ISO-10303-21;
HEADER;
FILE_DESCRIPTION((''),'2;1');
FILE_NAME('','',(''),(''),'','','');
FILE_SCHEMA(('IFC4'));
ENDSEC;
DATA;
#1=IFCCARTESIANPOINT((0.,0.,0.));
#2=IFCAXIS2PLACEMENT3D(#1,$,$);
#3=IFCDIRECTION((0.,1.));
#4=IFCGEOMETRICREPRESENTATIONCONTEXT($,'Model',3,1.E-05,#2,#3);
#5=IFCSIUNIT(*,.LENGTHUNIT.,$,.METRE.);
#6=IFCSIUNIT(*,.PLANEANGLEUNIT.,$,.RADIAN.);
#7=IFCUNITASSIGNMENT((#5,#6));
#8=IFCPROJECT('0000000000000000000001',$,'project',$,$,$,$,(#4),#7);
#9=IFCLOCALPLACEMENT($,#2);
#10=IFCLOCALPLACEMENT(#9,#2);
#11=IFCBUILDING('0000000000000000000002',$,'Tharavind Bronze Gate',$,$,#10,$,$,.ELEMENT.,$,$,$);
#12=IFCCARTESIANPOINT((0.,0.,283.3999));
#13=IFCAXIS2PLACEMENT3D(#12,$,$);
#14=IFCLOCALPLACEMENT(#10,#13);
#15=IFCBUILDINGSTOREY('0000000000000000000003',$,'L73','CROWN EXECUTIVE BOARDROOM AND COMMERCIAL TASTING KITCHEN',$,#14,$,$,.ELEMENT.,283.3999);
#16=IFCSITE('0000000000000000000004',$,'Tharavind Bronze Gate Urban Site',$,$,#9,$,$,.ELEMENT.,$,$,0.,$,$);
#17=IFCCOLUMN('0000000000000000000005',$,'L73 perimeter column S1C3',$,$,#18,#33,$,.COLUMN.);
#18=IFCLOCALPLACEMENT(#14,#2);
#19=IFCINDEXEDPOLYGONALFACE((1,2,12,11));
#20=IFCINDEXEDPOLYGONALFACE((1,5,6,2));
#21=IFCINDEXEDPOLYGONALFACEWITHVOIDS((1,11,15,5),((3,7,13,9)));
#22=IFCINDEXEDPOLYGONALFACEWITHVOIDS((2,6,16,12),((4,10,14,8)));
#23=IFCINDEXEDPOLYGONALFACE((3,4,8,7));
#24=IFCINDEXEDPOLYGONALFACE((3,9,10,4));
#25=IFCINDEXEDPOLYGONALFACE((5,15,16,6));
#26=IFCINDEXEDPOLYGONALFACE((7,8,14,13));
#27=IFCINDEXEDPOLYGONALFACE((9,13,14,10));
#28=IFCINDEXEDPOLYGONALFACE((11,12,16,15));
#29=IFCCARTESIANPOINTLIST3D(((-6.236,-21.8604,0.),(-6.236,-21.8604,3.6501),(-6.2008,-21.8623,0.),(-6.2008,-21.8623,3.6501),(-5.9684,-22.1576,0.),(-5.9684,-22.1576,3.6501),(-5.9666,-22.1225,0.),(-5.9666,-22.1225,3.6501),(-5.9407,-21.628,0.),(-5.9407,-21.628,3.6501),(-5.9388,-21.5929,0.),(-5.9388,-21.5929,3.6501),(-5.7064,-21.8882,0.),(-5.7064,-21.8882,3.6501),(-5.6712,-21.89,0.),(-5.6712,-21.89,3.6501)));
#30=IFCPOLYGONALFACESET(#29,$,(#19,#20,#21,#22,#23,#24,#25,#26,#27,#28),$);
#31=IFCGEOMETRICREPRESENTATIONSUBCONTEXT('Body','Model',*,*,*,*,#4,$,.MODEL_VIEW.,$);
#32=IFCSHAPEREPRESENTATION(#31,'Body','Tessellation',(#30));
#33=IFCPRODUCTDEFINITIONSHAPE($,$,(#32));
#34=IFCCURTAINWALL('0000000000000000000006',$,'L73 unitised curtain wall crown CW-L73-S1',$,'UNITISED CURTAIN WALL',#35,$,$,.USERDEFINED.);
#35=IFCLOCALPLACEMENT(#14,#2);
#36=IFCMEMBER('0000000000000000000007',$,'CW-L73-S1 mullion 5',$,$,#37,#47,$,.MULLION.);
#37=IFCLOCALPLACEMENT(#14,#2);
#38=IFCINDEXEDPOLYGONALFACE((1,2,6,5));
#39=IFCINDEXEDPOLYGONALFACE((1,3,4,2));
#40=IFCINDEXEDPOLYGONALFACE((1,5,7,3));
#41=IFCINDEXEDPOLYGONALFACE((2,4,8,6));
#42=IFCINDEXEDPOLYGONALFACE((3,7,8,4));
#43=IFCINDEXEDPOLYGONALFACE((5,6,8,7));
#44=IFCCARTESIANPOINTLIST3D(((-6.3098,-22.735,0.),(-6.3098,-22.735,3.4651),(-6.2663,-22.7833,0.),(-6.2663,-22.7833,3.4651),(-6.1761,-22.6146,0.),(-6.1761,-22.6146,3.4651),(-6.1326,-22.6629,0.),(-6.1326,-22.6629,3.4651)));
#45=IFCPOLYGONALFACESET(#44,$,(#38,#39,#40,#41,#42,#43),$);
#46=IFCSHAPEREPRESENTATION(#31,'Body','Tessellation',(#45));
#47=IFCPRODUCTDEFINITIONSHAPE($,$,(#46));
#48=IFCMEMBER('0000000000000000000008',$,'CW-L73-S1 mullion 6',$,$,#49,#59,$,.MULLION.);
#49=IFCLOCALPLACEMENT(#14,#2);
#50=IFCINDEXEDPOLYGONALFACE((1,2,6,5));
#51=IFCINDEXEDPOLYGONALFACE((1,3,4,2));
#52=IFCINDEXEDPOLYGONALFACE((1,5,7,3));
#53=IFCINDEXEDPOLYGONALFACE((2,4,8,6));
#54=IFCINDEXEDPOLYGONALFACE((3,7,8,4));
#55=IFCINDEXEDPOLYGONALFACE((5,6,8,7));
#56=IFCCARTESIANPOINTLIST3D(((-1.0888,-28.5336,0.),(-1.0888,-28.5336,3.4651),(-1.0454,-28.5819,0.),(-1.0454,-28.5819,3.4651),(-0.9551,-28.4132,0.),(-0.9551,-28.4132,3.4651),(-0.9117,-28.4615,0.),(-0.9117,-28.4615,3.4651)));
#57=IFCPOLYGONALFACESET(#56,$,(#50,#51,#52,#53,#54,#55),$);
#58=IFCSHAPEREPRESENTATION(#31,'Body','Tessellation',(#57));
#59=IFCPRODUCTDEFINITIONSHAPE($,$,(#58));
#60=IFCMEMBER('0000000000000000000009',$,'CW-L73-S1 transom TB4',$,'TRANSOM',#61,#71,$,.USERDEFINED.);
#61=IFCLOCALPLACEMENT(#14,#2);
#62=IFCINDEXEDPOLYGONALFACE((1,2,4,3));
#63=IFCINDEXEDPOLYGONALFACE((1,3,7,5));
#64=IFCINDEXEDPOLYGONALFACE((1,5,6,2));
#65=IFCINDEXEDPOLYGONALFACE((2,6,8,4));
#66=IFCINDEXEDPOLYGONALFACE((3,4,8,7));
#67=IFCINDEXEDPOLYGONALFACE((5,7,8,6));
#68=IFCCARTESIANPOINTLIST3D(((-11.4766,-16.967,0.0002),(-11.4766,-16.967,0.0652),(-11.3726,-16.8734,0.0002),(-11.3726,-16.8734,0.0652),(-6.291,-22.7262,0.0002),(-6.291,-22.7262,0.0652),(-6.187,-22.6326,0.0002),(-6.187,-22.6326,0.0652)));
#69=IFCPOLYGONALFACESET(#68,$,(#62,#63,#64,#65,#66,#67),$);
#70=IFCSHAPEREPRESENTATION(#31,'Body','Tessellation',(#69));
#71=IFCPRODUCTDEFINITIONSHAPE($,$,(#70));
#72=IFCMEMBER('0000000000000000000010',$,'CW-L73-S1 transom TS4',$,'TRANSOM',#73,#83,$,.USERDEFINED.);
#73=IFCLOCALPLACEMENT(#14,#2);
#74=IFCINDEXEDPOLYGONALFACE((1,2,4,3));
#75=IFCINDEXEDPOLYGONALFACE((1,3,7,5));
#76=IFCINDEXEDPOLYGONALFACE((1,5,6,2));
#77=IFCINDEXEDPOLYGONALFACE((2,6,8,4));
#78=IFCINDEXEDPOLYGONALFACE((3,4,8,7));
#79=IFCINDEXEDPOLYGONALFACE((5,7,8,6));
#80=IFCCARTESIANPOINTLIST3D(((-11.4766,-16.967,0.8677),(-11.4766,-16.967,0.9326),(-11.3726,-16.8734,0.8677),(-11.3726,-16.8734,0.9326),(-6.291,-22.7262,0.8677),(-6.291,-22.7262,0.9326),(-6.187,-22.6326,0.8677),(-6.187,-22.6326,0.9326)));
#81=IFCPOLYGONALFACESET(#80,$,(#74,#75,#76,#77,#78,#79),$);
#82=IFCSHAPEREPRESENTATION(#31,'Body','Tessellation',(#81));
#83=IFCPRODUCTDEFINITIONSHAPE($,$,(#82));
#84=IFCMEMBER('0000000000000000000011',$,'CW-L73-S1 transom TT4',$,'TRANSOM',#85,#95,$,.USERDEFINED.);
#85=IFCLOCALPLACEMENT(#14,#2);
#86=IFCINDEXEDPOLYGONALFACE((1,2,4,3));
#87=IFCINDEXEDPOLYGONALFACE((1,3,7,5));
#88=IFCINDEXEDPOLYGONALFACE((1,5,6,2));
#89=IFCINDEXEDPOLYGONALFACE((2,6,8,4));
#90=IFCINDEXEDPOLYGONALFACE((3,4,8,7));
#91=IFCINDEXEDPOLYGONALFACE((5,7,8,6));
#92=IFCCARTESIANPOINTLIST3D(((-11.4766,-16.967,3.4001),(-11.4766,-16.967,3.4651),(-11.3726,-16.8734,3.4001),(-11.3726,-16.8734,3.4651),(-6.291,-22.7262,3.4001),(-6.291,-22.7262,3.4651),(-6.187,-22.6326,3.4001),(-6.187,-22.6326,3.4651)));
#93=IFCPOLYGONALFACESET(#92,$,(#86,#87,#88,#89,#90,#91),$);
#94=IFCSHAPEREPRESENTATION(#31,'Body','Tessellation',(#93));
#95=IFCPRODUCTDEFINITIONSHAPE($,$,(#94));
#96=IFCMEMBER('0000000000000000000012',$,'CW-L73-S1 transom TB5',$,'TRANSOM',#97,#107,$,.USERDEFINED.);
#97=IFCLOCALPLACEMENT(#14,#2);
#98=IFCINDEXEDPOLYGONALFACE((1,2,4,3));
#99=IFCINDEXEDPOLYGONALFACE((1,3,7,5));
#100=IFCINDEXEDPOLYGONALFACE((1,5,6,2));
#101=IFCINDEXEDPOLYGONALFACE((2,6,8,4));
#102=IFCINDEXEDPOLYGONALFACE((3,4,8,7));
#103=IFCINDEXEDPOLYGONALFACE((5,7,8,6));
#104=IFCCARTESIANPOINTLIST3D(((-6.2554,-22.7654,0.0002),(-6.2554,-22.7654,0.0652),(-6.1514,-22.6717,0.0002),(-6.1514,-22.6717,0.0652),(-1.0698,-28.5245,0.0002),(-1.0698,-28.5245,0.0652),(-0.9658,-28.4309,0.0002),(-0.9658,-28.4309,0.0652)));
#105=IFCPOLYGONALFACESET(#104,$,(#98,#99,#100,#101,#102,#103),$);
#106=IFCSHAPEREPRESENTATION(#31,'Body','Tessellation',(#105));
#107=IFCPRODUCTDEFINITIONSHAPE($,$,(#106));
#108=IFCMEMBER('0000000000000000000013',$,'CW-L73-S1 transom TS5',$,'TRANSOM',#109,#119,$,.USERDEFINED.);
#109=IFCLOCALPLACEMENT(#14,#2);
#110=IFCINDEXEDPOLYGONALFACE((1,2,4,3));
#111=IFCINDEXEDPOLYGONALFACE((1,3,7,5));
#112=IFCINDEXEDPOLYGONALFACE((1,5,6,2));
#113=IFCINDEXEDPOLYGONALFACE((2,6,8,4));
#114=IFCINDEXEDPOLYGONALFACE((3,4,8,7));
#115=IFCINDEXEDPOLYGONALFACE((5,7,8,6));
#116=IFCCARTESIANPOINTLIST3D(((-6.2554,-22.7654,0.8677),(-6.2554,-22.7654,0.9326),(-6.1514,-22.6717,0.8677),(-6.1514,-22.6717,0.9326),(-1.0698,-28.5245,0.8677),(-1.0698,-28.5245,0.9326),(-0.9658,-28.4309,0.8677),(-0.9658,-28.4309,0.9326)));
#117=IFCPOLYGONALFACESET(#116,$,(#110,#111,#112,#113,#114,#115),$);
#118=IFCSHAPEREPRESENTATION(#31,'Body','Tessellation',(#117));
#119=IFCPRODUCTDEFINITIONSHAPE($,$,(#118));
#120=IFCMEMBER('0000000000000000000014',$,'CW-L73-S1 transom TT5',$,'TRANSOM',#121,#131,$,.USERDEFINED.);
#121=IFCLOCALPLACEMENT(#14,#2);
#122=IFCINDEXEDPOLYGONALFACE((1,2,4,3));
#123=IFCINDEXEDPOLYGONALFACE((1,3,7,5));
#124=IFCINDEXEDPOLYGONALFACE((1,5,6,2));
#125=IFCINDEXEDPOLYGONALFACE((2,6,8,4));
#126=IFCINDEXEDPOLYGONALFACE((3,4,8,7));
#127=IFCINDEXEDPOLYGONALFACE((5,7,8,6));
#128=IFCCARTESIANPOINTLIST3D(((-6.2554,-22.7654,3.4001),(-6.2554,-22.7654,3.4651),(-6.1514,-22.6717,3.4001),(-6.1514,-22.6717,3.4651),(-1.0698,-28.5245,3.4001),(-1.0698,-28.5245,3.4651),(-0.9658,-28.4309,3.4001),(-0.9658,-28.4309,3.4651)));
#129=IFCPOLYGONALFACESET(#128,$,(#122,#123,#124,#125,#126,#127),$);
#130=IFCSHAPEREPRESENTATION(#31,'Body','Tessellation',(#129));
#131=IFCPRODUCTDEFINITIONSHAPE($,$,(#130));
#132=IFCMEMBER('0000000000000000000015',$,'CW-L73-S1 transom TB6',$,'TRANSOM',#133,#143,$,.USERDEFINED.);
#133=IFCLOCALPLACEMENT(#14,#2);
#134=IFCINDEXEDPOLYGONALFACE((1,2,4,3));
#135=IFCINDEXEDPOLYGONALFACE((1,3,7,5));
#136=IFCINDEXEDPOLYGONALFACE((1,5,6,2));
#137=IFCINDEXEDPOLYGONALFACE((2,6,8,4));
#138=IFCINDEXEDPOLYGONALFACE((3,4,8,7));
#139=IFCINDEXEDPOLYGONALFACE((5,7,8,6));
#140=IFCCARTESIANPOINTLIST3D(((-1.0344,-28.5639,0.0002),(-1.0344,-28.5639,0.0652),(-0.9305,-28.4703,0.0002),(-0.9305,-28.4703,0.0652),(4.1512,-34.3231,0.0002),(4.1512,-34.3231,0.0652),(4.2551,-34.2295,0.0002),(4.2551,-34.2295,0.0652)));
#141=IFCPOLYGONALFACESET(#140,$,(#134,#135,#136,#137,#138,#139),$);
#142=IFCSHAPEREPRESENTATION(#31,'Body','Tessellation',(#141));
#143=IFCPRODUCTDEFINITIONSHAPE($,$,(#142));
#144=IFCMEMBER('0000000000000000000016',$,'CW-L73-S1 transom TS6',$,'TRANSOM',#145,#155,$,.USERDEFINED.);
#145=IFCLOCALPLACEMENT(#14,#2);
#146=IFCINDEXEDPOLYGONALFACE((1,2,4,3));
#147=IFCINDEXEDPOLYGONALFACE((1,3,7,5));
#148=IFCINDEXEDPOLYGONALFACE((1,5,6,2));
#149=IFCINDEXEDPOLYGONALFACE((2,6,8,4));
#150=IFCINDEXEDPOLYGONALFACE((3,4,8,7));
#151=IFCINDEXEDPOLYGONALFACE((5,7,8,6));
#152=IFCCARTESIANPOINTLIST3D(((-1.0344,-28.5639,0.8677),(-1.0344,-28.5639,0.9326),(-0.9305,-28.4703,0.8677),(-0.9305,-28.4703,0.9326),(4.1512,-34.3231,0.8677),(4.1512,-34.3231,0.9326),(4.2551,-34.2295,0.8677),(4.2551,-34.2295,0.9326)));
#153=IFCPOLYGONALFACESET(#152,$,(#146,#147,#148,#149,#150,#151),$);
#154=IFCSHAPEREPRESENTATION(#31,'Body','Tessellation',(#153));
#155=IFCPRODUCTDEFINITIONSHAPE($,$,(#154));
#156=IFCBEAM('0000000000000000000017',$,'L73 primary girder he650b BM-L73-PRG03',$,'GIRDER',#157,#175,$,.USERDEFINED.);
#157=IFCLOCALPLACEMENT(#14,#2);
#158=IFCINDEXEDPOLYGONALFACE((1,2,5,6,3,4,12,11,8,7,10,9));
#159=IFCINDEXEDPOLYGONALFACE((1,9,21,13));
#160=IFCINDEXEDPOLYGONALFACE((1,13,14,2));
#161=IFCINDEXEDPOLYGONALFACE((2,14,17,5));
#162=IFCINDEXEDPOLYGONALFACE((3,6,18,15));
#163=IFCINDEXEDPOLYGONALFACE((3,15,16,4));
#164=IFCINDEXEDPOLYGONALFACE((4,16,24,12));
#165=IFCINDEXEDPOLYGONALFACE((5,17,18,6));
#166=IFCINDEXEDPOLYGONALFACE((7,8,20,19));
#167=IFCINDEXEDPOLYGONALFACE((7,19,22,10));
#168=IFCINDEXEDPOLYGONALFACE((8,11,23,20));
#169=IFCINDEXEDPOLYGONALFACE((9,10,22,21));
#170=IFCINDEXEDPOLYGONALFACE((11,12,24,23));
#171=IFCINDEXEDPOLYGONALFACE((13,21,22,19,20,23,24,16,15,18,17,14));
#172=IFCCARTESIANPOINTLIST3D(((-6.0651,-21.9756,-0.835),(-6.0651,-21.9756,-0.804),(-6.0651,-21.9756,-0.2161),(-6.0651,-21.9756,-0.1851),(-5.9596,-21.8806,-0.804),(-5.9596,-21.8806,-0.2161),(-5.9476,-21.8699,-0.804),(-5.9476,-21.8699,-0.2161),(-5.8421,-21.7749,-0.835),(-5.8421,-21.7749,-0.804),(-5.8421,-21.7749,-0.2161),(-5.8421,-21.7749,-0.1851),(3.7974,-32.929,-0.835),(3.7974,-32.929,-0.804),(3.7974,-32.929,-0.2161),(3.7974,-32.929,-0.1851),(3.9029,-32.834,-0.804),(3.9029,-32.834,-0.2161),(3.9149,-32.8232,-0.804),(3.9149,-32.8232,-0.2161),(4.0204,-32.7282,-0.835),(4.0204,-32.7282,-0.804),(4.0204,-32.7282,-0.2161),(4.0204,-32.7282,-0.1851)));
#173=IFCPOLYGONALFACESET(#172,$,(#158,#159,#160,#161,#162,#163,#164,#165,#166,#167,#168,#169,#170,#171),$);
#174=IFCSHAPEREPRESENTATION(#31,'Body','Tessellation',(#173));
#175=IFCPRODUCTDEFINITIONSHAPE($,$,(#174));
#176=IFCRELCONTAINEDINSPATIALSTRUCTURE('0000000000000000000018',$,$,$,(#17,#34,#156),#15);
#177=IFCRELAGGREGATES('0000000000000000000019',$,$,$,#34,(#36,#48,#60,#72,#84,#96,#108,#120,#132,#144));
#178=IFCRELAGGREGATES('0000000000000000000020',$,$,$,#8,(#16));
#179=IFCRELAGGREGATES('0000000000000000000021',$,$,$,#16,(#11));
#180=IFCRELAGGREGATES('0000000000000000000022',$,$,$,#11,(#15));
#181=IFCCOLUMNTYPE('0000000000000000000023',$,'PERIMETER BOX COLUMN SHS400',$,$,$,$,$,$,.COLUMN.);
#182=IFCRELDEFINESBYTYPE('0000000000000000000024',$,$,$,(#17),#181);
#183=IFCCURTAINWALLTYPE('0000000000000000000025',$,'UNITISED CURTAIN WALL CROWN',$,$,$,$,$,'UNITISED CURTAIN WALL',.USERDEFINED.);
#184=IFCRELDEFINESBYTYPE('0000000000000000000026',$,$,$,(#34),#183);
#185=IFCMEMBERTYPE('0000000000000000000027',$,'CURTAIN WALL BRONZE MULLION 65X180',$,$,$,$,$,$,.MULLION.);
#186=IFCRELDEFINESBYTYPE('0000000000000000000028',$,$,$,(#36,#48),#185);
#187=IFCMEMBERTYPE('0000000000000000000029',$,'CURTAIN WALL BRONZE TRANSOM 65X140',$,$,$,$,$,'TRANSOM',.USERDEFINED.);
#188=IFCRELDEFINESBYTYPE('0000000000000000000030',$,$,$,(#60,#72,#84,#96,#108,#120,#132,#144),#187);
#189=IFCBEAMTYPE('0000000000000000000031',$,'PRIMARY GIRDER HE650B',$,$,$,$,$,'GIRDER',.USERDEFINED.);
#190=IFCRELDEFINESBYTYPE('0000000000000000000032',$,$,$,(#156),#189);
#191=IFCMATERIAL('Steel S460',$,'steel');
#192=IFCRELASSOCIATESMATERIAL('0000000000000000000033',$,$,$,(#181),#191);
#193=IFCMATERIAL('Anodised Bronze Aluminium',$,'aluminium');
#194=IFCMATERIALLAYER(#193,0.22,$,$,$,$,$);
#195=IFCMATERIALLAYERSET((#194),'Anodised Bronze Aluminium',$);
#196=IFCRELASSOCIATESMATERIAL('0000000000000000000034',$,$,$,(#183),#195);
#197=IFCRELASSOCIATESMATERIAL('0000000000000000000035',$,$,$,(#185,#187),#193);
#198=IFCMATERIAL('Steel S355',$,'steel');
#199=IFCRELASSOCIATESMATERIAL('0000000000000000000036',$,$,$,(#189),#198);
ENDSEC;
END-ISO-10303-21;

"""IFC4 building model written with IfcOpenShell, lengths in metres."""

from ifc_helpers import new_model, si_unit, direction, frame, origin, origin_2d, place, context, subcontext, project, spatial, rectangle, hollow_rectangle, i_section, extrude, material, layer, layer_set, material_profile, profile_set, type_object, element, aggregate, save


model = new_model("IFC4")

# Units and contexts
model_context = context("Model", 3, precision=1e-05, world=origin(), true_north=direction((0.0, 1.0)))
body_context = subcontext(model_context, "Body", "Model", "MODEL_VIEW")
ifc_project = project(units=[si_unit("LENGTHUNIT", "METRE"), si_unit("PLANEANGLEUNIT", "RADIAN")], contexts=[model_context])

# Site, building, storey
site_placement = place(None, origin())
site = spatial("IfcSite", under=ifc_project, at=site_placement, Name="Tharavind Bronze Gate Urban Site", CompositionType="ELEMENT", RefElevation=0.0)
building_placement = place(site_placement, origin())
building = spatial("IfcBuilding", under=site, at=building_placement, Name="Tharavind Bronze Gate", CompositionType="ELEMENT")
storey_placement = place(building_placement, frame((0.0, 0.0, 283.3999)))
storey = spatial("IfcBuildingStorey", under=building, at=storey_placement, Name="L73", Description="CROWN EXECUTIVE BOARDROOM AND COMMERCIAL TASTING KITCHEN", CompositionType="ELEMENT", Elevation=283.3999)

# Column
ifc_material_1 = material(Name="Steel S460", Category="steel")
ifc_material_profile_1 = material_profile(ifc_material_1, hollow_rectangle(XDim=0.3999, YDim=0.3999, WallThickness=0.0249, at=origin_2d()), Name="SHS400X25")
ifc_profile_set_1 = profile_set([ifc_material_profile_1], Name="Steel S460")
column_type = type_object("IfcColumnType", Name="PERIMETER BOX COLUMN SHS400", PredefinedType="COLUMN", material=ifc_profile_set_1)
column_placement = place(storey_placement, frame((-5.9536, -21.8752, 0.0), z_axis=(0.0, 0.0, 1.0), x_axis=(-0.669131, 0.743145, 0.0)))
element("IfcColumn", 1, at=column_placement, inside=storey, type_object=column_type, Name="L73 perimeter column S1C3", PredefinedType="COLUMN", context=body_context, shape_type="SweptSolid", body=[
    extrude(hollow_rectangle(XDim=0.3999, YDim=0.3999, WallThickness=0.0249, at=origin_2d()), origin(), (0.0, 0.0, 1.0), 3.6501),
])

# Curtain wall, members
ifc_material_2 = material(Name="Anodised Bronze Aluminium", Category="aluminium")
ifc_layer_1 = layer(ifc_material_2, 0.22)
ifc_layer_set_1 = layer_set([ifc_layer_1], Name="Anodised Bronze Aluminium")
curtain_wall_type = type_object("IfcCurtainWallType", Name="UNITISED CURTAIN WALL CROWN", ElementType="UNITISED CURTAIN WALL", PredefinedType="USERDEFINED", material=ifc_layer_set_1)
curtain_wall_placement = place(storey_placement, origin())
curtain_wall = element("IfcCurtainWall", 2, at=curtain_wall_placement, inside=storey, type_object=curtain_wall_type, Name="L73 unitised curtain wall crown CW-L73-S1", ObjectType="UNITISED CURTAIN WALL", PredefinedType="USERDEFINED")
member_type_1 = type_object("IfcMemberType", Name="CURTAIN WALL BRONZE MULLION 65X180", PredefinedType="MULLION", material=ifc_material_2)
member_1_placement = place(storey_placement, frame((-6.2212, -22.699, 0.0), z_axis=(0.0, 0.0, 1.0), x_axis=(0.669131, -0.743145, 0.0)))
member_1 = element("IfcMember", 3, at=member_1_placement, type_object=member_type_1, Name="CW-L73-S1 mullion 5", PredefinedType="MULLION", context=body_context, shape_type="SweptSolid", body=[
    extrude(rectangle(XDim=0.0649, YDim=0.1799, at=origin_2d()), origin(), (0.0, 0.0, 1.0), 3.4651),
])
member_2_placement = place(storey_placement, frame((-1.0002, -28.4976, 0.0), z_axis=(0.0, 0.0, 1.0), x_axis=(0.669131, -0.743145, 0.0)))
member_2 = element("IfcMember", 4, at=member_2_placement, type_object=member_type_1, Name="CW-L73-S1 mullion 6", PredefinedType="MULLION", context=body_context, shape_type="SweptSolid", body=[
    extrude(rectangle(XDim=0.0649, YDim=0.1799, at=origin_2d()), origin(), (0.0, 0.0, 1.0), 3.4651),
])
member_type_2 = type_object("IfcMemberType", Name="CURTAIN WALL BRONZE TRANSOM 65X140", ElementType="TRANSOM", PredefinedType="USERDEFINED", material=ifc_material_2)
member_3_placement = place(storey_placement, frame((-8.8318, -19.7998, 0.0002), z_axis=(0.0, 0.0, 1.0), x_axis=(0.669131, -0.743145, 0.0)))
member_3 = element("IfcMember", 5, at=member_3_placement, type_object=member_type_2, Name="CW-L73-S1 transom TB4", ObjectType="TRANSOM", PredefinedType="USERDEFINED", context=body_context, shape_type="SweptSolid", body=[
    extrude(rectangle(XDim=7.7498, YDim=0.1399, at=origin_2d()), origin(), (0.0, 0.0, 1.0), 0.0649),
])
member_4_placement = place(storey_placement, frame((-8.8318, -19.7998, 0.8677), z_axis=(0.0, 0.0, 1.0), x_axis=(0.669131, -0.743145, 0.0)))
member_4 = element("IfcMember", 6, at=member_4_placement, type_object=member_type_2, Name="CW-L73-S1 transom TS4", ObjectType="TRANSOM", PredefinedType="USERDEFINED", context=body_context, shape_type="SweptSolid", body=[
    extrude(rectangle(XDim=7.7498, YDim=0.1399, at=origin_2d()), origin(), (0.0, 0.0, 1.0), 0.0649),
])
member_5_placement = place(storey_placement, frame((-8.8318, -19.7998, 3.4001), z_axis=(0.0, 0.0, 1.0), x_axis=(0.669131, -0.743145, 0.0)))
member_5 = element("IfcMember", 7, at=member_5_placement, type_object=member_type_2, Name="CW-L73-S1 transom TT4", ObjectType="TRANSOM", PredefinedType="USERDEFINED", context=body_context, shape_type="SweptSolid", body=[
    extrude(rectangle(XDim=7.7498, YDim=0.1399, at=origin_2d()), origin(), (0.0, 0.0, 1.0), 0.0649),
])
member_6_placement = place(storey_placement, frame((-3.6106, -25.5981, 0.0002), z_axis=(0.0, 0.0, 1.0), x_axis=(0.669131, -0.743145, 0.0)))
member_6 = element("IfcMember", 8, at=member_6_placement, type_object=member_type_2, Name="CW-L73-S1 transom TB5", ObjectType="TRANSOM", PredefinedType="USERDEFINED", context=body_context, shape_type="SweptSolid", body=[
    extrude(rectangle(XDim=7.7498, YDim=0.1399, at=origin_2d()), origin(), (0.0, 0.0, 1.0), 0.0649),
])
member_7_placement = place(storey_placement, frame((-3.6106, -25.5981, 0.8677), z_axis=(0.0, 0.0, 1.0), x_axis=(0.669131, -0.743145, 0.0)))
member_7 = element("IfcMember", 9, at=member_7_placement, type_object=member_type_2, Name="CW-L73-S1 transom TS5", ObjectType="TRANSOM", PredefinedType="USERDEFINED", context=body_context, shape_type="SweptSolid", body=[
    extrude(rectangle(XDim=7.7498, YDim=0.1399, at=origin_2d()), origin(), (0.0, 0.0, 1.0), 0.0649),
])
member_8_placement = place(storey_placement, frame((-3.6106, -25.5981, 3.4001), z_axis=(0.0, 0.0, 1.0), x_axis=(0.669131, -0.743145, 0.0)))
member_8 = element("IfcMember", 10, at=member_8_placement, type_object=member_type_2, Name="CW-L73-S1 transom TT5", ObjectType="TRANSOM", PredefinedType="USERDEFINED", context=body_context, shape_type="SweptSolid", body=[
    extrude(rectangle(XDim=7.7498, YDim=0.1399, at=origin_2d()), origin(), (0.0, 0.0, 1.0), 0.0649),
])
member_9_placement = place(storey_placement, frame((1.6104, -31.3967, 0.0002), z_axis=(0.0, 0.0, 1.0), x_axis=(0.669131, -0.743145, 0.0)))
member_9 = element("IfcMember", 11, at=member_9_placement, type_object=member_type_2, Name="CW-L73-S1 transom TB6", ObjectType="TRANSOM", PredefinedType="USERDEFINED", context=body_context, shape_type="SweptSolid", body=[
    extrude(rectangle(XDim=7.7498, YDim=0.1399, at=origin_2d()), origin(), (0.0, 0.0, 1.0), 0.0649),
])
member_10_placement = place(storey_placement, frame((1.6104, -31.3967, 0.8677), z_axis=(0.0, 0.0, 1.0), x_axis=(0.669131, -0.743145, 0.0)))
member_10 = element("IfcMember", 12, at=member_10_placement, type_object=member_type_2, Name="CW-L73-S1 transom TS6", ObjectType="TRANSOM", PredefinedType="USERDEFINED", context=body_context, shape_type="SweptSolid", body=[
    extrude(rectangle(XDim=7.7498, YDim=0.1399, at=origin_2d()), origin(), (0.0, 0.0, 1.0), 0.0649),
])

# Beam
ifc_material_3 = material(Name="Steel S355", Category="steel")
ifc_material_profile_2 = material_profile(ifc_material_3, i_section(OverallWidth=0.3, OverallDepth=0.6499, WebThickness=0.0161, FlangeThickness=0.031, at=origin_2d()), Name="HE650B")
ifc_profile_set_2 = profile_set([ifc_material_profile_2], Name="Steel S355")
beam_type_1 = type_object("IfcBeamType", Name="PRIMARY GIRDER HE650B", ElementType="GIRDER", PredefinedType="USERDEFINED", material=ifc_profile_set_2)
beam_1_placement = place(storey_placement, frame((-5.9536, -21.8752, -0.51), z_axis=(0.669134, -0.743142, 0.0), x_axis=(0.743142, 0.669134, 0.0)))
element("IfcBeam", 13, at=beam_1_placement, inside=storey, type_object=beam_type_1, Name="L73 primary girder he650b BM-L73-PRG03", ObjectType="GIRDER", PredefinedType="USERDEFINED", context=body_context, shape_type="SweptSolid", body=[
    extrude(i_section(OverallWidth=0.3, OverallDepth=0.6499, WebThickness=0.0161, FlangeThickness=0.031, at=origin_2d()), origin(), (0.0, 0.0, 1.0), 14.7393),
])

aggregate(curtain_wall, [member_1, member_2, member_3, member_4, member_5, member_6, member_7, member_8, member_9, member_10])

save(model, "model.ifc")
